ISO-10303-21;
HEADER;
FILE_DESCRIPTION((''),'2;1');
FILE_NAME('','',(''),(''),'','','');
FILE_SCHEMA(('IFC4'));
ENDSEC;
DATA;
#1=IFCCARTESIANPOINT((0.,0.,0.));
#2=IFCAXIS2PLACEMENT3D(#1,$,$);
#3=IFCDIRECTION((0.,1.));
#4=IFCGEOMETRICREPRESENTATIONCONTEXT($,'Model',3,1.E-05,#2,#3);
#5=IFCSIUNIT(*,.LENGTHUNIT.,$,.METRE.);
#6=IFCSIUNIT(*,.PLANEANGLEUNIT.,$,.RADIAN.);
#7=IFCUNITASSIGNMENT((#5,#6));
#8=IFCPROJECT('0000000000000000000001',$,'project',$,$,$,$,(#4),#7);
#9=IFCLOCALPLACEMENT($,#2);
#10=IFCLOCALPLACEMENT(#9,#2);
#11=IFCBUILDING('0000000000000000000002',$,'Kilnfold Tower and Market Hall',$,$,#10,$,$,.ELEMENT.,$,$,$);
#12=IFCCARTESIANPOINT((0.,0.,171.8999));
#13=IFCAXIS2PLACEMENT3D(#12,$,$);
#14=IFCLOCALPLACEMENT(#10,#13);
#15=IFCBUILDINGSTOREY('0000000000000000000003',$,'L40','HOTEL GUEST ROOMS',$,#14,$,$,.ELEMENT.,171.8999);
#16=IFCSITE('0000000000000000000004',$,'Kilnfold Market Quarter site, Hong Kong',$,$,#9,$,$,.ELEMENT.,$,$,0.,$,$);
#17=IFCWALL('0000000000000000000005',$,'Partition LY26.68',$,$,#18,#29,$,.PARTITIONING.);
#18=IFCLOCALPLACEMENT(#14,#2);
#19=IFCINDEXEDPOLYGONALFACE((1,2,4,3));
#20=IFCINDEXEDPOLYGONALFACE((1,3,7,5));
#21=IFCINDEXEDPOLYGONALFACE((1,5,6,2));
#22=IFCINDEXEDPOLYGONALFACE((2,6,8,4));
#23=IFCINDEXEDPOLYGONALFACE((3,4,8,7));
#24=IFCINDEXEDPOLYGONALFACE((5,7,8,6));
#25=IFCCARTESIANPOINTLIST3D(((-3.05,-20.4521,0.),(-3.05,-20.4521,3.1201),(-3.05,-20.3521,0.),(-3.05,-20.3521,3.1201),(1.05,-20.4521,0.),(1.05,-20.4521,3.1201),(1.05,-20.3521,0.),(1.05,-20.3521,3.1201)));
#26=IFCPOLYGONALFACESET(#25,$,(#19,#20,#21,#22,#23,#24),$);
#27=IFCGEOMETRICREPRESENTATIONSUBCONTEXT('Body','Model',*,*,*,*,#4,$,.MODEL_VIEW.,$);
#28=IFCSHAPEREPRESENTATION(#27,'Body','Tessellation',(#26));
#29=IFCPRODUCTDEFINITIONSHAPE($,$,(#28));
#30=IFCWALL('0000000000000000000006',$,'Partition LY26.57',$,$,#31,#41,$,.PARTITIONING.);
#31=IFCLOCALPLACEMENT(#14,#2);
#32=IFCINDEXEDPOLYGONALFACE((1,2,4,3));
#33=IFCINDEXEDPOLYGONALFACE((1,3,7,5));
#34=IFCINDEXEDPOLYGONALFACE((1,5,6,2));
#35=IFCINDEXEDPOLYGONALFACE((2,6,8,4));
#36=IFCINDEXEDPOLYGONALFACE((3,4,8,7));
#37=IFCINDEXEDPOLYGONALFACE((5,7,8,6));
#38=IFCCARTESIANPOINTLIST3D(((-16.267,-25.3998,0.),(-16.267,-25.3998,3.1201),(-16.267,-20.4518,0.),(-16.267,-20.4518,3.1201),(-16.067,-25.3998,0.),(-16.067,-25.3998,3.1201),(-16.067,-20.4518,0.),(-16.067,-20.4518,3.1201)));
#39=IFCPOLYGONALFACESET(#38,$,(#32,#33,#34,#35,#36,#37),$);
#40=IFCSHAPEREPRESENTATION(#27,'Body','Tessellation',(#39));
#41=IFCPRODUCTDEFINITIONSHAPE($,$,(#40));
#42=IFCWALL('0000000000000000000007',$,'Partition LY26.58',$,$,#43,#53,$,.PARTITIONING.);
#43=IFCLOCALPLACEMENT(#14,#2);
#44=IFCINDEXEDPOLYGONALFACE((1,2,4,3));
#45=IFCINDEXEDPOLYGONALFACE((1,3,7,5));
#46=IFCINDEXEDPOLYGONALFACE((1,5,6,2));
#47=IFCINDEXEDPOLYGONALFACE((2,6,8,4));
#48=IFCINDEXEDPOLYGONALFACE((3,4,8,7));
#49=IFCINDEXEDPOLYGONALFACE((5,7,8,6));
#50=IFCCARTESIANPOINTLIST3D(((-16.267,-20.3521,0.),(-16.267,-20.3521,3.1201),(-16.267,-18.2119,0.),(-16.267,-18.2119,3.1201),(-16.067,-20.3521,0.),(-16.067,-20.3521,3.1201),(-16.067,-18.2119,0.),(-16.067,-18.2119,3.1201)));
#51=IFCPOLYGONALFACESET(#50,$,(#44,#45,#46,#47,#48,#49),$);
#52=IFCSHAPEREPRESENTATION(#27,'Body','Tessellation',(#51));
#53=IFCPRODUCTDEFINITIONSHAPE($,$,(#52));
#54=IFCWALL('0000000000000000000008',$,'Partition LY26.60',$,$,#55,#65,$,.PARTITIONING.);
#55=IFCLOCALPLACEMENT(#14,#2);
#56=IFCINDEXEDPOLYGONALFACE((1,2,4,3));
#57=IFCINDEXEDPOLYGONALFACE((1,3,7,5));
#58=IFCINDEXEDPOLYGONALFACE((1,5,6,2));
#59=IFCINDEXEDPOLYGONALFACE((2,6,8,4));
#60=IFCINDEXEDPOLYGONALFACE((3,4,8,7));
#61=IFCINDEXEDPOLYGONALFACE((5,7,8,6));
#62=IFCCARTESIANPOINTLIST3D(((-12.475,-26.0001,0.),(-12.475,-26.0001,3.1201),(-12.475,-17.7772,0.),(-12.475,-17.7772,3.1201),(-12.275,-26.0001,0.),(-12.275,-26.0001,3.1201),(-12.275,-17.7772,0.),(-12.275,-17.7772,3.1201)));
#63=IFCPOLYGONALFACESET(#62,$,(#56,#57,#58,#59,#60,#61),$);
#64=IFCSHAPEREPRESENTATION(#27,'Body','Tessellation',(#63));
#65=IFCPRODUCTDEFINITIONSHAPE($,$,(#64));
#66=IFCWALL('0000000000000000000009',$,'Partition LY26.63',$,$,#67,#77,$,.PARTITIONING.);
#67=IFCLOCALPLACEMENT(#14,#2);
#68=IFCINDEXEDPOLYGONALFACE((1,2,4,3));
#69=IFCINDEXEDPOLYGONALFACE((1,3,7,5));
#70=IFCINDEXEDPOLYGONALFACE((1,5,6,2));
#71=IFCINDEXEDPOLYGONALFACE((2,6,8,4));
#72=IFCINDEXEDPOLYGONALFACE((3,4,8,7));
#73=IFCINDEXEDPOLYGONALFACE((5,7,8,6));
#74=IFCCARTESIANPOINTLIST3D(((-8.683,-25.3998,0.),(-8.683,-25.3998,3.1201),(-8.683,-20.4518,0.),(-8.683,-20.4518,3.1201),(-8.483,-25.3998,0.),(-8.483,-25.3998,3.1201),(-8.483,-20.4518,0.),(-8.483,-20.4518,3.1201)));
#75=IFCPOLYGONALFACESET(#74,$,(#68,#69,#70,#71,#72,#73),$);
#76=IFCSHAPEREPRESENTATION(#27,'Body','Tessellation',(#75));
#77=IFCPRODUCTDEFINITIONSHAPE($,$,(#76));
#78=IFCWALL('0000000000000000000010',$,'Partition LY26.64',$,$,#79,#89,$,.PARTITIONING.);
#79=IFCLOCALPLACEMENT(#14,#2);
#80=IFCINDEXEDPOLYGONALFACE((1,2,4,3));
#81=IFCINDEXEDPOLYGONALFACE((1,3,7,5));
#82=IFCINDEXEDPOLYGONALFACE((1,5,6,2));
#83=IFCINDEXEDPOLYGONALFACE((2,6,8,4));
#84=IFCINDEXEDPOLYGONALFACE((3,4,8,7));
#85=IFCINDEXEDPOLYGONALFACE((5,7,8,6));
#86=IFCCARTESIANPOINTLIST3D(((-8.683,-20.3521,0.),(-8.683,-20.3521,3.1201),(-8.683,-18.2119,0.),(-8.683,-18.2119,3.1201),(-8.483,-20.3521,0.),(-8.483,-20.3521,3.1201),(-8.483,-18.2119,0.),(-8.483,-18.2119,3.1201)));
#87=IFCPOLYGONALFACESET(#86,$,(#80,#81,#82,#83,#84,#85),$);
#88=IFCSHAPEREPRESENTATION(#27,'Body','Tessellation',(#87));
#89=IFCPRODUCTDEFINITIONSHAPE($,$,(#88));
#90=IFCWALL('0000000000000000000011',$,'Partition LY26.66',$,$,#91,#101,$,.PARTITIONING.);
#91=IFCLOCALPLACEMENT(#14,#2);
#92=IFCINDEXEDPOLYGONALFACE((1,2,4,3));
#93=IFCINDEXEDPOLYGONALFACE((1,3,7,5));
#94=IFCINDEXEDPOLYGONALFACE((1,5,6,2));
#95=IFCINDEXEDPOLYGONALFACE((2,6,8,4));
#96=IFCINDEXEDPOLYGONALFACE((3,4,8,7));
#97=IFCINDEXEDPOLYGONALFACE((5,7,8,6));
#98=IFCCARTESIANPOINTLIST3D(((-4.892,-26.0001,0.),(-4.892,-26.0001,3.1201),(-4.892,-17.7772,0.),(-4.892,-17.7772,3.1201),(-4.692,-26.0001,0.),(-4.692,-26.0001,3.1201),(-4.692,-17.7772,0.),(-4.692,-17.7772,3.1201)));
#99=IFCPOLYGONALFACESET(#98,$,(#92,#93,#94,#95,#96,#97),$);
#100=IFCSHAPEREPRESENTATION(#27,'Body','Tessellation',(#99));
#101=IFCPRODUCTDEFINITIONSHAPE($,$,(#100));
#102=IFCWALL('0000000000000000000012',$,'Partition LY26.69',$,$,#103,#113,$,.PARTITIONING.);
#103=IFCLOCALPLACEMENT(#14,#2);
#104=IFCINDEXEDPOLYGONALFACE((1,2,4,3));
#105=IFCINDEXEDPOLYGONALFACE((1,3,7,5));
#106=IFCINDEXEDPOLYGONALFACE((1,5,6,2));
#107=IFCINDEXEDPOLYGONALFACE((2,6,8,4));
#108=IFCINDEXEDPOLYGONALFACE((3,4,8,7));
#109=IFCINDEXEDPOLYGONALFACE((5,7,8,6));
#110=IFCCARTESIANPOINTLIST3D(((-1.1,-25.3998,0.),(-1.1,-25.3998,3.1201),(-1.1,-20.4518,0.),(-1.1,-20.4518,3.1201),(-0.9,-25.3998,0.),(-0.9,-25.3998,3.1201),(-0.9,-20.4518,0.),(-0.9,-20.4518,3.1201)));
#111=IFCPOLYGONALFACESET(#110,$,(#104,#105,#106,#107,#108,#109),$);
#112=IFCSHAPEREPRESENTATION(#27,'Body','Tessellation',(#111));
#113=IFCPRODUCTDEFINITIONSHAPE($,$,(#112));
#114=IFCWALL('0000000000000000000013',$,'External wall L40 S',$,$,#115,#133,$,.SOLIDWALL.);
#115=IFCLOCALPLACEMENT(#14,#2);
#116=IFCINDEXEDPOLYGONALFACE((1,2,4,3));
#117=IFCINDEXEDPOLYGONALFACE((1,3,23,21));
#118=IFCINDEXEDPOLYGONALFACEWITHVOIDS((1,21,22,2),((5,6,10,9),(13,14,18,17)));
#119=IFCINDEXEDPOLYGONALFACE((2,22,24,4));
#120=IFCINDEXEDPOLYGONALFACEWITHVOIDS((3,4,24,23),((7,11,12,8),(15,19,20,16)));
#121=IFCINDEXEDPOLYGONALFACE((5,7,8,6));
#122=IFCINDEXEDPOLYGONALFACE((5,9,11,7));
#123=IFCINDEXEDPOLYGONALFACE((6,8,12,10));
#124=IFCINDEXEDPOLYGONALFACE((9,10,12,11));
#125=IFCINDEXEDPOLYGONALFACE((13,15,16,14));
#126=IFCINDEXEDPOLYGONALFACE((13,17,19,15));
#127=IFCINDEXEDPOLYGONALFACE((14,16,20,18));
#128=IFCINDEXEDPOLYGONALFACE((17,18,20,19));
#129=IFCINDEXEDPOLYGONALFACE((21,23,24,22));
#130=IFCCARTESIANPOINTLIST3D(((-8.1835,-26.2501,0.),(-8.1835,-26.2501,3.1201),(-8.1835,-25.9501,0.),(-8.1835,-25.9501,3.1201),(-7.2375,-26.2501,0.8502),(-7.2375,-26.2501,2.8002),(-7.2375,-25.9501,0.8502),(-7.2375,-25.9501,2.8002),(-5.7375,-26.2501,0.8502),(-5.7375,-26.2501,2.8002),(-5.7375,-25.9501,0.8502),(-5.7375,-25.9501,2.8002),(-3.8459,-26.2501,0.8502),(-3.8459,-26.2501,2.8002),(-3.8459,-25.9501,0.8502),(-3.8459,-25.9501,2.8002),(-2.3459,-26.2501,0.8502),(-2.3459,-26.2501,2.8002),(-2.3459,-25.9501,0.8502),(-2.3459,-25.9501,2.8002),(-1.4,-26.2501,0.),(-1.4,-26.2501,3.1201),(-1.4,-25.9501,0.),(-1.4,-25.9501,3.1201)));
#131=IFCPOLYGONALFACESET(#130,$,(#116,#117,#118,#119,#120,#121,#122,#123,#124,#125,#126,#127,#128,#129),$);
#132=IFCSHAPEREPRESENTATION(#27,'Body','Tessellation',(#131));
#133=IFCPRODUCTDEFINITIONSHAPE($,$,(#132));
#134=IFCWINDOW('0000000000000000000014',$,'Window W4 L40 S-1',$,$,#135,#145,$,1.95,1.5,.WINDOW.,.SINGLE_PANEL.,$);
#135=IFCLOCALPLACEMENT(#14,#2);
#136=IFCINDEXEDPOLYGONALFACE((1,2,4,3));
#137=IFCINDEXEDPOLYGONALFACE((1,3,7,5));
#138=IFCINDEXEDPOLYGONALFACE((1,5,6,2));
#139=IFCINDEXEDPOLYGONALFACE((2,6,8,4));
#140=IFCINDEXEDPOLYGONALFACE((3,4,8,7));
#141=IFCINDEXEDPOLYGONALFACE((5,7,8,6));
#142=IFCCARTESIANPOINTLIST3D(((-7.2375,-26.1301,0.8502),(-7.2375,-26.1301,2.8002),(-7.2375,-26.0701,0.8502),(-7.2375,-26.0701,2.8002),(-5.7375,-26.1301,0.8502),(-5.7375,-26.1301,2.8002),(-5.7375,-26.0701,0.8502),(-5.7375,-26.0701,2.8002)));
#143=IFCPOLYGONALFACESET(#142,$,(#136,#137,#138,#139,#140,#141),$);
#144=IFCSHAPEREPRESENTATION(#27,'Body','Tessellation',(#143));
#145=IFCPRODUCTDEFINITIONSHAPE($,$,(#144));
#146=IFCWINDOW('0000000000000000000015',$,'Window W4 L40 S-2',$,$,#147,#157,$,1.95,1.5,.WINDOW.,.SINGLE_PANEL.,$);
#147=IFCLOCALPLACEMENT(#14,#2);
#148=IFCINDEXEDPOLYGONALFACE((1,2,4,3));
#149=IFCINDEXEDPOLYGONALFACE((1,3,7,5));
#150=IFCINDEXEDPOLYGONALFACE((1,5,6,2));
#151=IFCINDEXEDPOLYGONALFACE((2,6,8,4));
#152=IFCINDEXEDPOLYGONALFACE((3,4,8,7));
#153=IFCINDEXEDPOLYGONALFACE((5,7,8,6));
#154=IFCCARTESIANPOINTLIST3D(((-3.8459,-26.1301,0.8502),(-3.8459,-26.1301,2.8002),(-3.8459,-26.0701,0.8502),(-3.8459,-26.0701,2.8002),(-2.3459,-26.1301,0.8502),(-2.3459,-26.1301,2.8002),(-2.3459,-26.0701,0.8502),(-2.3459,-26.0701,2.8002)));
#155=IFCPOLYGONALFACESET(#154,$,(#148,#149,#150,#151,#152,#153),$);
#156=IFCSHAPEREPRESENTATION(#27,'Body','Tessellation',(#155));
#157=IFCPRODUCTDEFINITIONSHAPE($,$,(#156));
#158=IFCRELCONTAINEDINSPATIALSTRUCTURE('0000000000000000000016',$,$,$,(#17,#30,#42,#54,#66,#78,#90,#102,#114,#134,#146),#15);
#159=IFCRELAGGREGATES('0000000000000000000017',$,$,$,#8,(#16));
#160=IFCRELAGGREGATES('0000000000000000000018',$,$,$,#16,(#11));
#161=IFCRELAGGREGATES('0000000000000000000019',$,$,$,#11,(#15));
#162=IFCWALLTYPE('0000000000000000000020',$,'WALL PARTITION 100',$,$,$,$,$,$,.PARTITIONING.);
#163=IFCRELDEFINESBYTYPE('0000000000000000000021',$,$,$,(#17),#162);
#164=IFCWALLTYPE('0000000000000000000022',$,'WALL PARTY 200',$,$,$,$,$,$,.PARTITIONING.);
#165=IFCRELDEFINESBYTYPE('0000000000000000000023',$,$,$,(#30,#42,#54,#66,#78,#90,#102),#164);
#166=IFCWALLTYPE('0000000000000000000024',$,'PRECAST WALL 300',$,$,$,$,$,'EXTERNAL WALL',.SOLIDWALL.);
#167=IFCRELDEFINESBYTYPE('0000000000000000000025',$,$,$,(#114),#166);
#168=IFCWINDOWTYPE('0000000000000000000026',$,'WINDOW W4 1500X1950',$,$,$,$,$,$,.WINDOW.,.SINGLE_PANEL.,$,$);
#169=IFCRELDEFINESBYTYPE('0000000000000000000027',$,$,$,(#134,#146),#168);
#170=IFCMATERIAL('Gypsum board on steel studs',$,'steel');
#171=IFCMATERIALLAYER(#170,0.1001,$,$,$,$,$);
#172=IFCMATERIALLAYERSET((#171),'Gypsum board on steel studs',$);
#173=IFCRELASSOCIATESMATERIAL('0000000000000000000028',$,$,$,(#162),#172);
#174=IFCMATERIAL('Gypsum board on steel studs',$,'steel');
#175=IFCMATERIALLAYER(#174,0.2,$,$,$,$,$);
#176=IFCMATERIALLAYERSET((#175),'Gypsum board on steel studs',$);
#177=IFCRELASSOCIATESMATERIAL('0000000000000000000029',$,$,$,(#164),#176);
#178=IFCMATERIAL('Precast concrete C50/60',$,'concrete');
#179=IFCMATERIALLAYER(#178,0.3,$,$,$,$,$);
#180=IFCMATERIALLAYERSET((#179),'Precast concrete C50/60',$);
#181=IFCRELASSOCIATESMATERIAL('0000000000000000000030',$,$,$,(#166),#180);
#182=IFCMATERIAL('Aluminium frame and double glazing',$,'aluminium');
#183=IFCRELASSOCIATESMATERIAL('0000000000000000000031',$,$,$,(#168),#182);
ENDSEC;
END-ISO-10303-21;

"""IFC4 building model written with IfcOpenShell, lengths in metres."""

from ifc_helpers import new_model, si_unit, direction, frame, frame_2d, origin, place, context, subcontext, project, spatial, rectangle, extrude, source, transform, mapped, material, layer, layer_set, type_object, element, fill, save


model = new_model("IFC4")

# Units and contexts
model_context = context("Model", 3, precision=1e-05, world=origin(), true_north=direction((0.0, 1.0)))
body_context = subcontext(model_context, "Body", "Model", "MODEL_VIEW")
ifc_project = project(units=[si_unit("LENGTHUNIT", "METRE"), si_unit("PLANEANGLEUNIT", "RADIAN")], contexts=[model_context])

# Site, building, storey
site_placement = place(None, origin())
site = spatial("IfcSite", under=ifc_project, at=site_placement, Name="Kilnfold Market Quarter site, Hong Kong", CompositionType="ELEMENT", RefElevation=0.0)
building_placement = place(site_placement, origin())
building = spatial("IfcBuilding", under=site, at=building_placement, Name="Kilnfold Tower and Market Hall", CompositionType="ELEMENT")
storey_placement = place(building_placement, frame((0.0, 0.0, 171.8999)))
storey = spatial("IfcBuildingStorey", under=building, at=storey_placement, Name="L40", Description="HOTEL GUEST ROOMS", CompositionType="ELEMENT", Elevation=171.8999)

# Shared definitions
ifc_material_1 = material(Name="Gypsum board on steel studs", Category="steel")
ifc_layer_1 = layer(ifc_material_1, 0.1001)
ifc_layer_set_1 = layer_set([ifc_layer_1], Name="Gypsum board on steel studs")
wall_type_1 = type_object("IfcWallType", Name="WALL PARTITION 100", PredefinedType="PARTITIONING", material=ifc_layer_set_1)

# Walls
wall_1_placement = place(storey_placement, frame((-3.05, -20.4021, 0.0), z_axis=(0.0, 0.0, 1.0), x_axis=(1.0, 0.0, 0.0)))
element("IfcWall", 1, at=wall_1_placement, inside=storey, type_object=wall_type_1, Name="Partition LY26.68", PredefinedType="PARTITIONING", context=body_context, shape_type="SweptSolid", body=[
    extrude(rectangle(XDim=4.1001, YDim=0.1001, at=frame_2d((2.05, 0.0))), origin(), (0.0, 0.0, 1.0), 3.1201),
])
ifc_material_2 = material(Name="Gypsum board on steel studs", Category="steel")
ifc_layer_2 = layer(ifc_material_2, 0.2)
ifc_layer_set_2 = layer_set([ifc_layer_2], Name="Gypsum board on steel studs")
wall_type_2 = type_object("IfcWallType", Name="WALL PARTY 200", PredefinedType="PARTITIONING", material=ifc_layer_set_2)
wall_2_placement = place(storey_placement, frame((-16.167, -25.3999, 0.0), z_axis=(0.0, 0.0, 1.0), x_axis=(0.0, 1.0, 0.0)))
element("IfcWall", 2, at=wall_2_placement, inside=storey, type_object=wall_type_2, Name="Partition LY26.57", PredefinedType="PARTITIONING", context=body_context, shape_type="SweptSolid", body=[
    extrude(rectangle(XDim=4.948, YDim=0.2, at=frame_2d((2.4741, 0.0))), origin(), (0.0, 0.0, 1.0), 3.1201),
])
wall_3_placement = place(storey_placement, frame((-16.167, -20.3521, 0.0), z_axis=(0.0, 0.0, 1.0), x_axis=(0.0, 1.0, 0.0)))
element("IfcWall", 3, at=wall_3_placement, inside=storey, type_object=wall_type_2, Name="Partition LY26.58", PredefinedType="PARTITIONING", context=body_context, shape_type="SweptSolid", body=[
    extrude(rectangle(XDim=2.1401, YDim=0.2, at=frame_2d((1.0701, 0.0))), origin(), (0.0, 0.0, 1.0), 3.1201),
])
wall_4_placement = place(storey_placement, frame((-12.375, -26.0, 0.0), z_axis=(0.0, 0.0, 1.0), x_axis=(0.0, 1.0, 0.0)))
element("IfcWall", 4, at=wall_4_placement, inside=storey, type_object=wall_type_2, Name="Partition LY26.60", PredefinedType="PARTITIONING", context=body_context, shape_type="SweptSolid", body=[
    extrude(rectangle(XDim=8.2229, YDim=0.2, at=frame_2d((4.1113, 0.0))), origin(), (0.0, 0.0, 1.0), 3.1201),
])
wall_5_placement = place(storey_placement, frame((-8.583, -25.3999, 0.0), z_axis=(0.0, 0.0, 1.0), x_axis=(0.0, 1.0, 0.0)))
element("IfcWall", 5, at=wall_5_placement, inside=storey, type_object=wall_type_2, Name="Partition LY26.63", PredefinedType="PARTITIONING", context=body_context, shape_type="SweptSolid", body=[
    extrude(rectangle(XDim=4.948, YDim=0.2, at=frame_2d((2.4741, 0.0))), origin(), (0.0, 0.0, 1.0), 3.1201),
])
wall_6_placement = place(storey_placement, frame((-8.583, -20.3521, 0.0), z_axis=(0.0, 0.0, 1.0), x_axis=(0.0, 1.0, 0.0)))
element("IfcWall", 6, at=wall_6_placement, inside=storey, type_object=wall_type_2, Name="Partition LY26.64", PredefinedType="PARTITIONING", context=body_context, shape_type="SweptSolid", body=[
    extrude(rectangle(XDim=2.1401, YDim=0.2, at=frame_2d((1.0701, 0.0))), origin(), (0.0, 0.0, 1.0), 3.1201),
])
wall_7_placement = place(storey_placement, frame((-4.792, -26.0, 0.0), z_axis=(0.0, 0.0, 1.0), x_axis=(0.0, 1.0, 0.0)))
element("IfcWall", 7, at=wall_7_placement, inside=storey, type_object=wall_type_2, Name="Partition LY26.66", PredefinedType="PARTITIONING", context=body_context, shape_type="SweptSolid", body=[
    extrude(rectangle(XDim=8.2229, YDim=0.2, at=frame_2d((4.1113, 0.0))), origin(), (0.0, 0.0, 1.0), 3.1201),
])
wall_8_placement = place(storey_placement, frame((-1.0, -25.3999, 0.0), z_axis=(0.0, 0.0, 1.0), x_axis=(0.0, 1.0, 0.0)))
element("IfcWall", 8, at=wall_8_placement, inside=storey, type_object=wall_type_2, Name="Partition LY26.69", PredefinedType="PARTITIONING", context=body_context, shape_type="SweptSolid", body=[
    extrude(rectangle(XDim=4.948, YDim=0.2, at=frame_2d((2.4741, 0.0))), origin(), (0.0, 0.0, 1.0), 3.1201),
])

# Wall, openings, windows
ifc_material_3 = material(Name="Precast concrete C50/60", Category="concrete")
ifc_layer_3 = layer(ifc_material_3, 0.3)
ifc_layer_set_3 = layer_set([ifc_layer_3], Name="Precast concrete C50/60")
wall_type_3 = type_object("IfcWallType", Name="PRECAST WALL 300", ElementType="EXTERNAL WALL", PredefinedType="SOLIDWALL", material=ifc_layer_set_3)
shared_shape_1 = source(origin(), body_context, "Body", "SweptSolid", [
    extrude(rectangle(XDim=6.7834, YDim=0.3, at=frame_2d((3.3916, 0.0))), origin(), (0.0, 0.0, 1.0), 3.1201),
])
wall_9_placement = place(storey_placement, frame((-8.1833, -26.1001, 0.0), z_axis=(0.0, 0.0, 1.0), x_axis=(1.0, 0.0, 0.0)))
wall_9 = element("IfcWall", 9, at=wall_9_placement, inside=storey, type_object=wall_type_3, Name="External wall L40 S", PredefinedType="SOLIDWALL", context=body_context, shape_type="MappedRepresentation", body=[
    mapped(shared_shape_1, transform((0.0, 0.0, 0.0))),
])
opening_1_placement = place(wall_9_placement, frame((0.9458, 0.0, 0.8501)))
opening_1 = element("IfcOpeningElement", 10, at=opening_1_placement, cuts=wall_9, PredefinedType="OPENING", context=body_context, shape_type="SweptSolid", body=[
    extrude(rectangle(XDim=1.5, YDim=1.95, at=frame_2d((0.75, 0.9751))), frame((0.0, 0.1602, 0.0), z_axis=(0.0, -1.0, 0.0), x_axis=(1.0, 0.0, 0.0)), (0.0, 0.0, 1.0), 0.3201),
])
opening_2_placement = place(wall_9_placement, frame((4.3374, 0.0, 0.8501)))
opening_2 = element("IfcOpeningElement", 11, at=opening_2_placement, cuts=wall_9, PredefinedType="OPENING", context=body_context, shape_type="SweptSolid", body=[
    extrude(rectangle(XDim=1.5, YDim=1.95, at=frame_2d((0.75, 0.9751))), frame((0.0, 0.1602, 0.0), z_axis=(0.0, -1.0, 0.0), x_axis=(1.0, 0.0, 0.0)), (0.0, 0.0, 1.0), 0.3201),
])
ifc_material_4 = material(Name="Aluminium frame and double glazing", Category="aluminium")
window_type = type_object("IfcWindowType", Name="WINDOW W4 1500X1950", PartitioningType="SINGLE_PANEL", PredefinedType="WINDOW", material=ifc_material_4)
window_1_placement = place(opening_1_placement, origin())
window_1 = element("IfcWindow", 12, at=window_1_placement, inside=storey, type_object=window_type, Name="Window W4 L40 S-1", OverallHeight=1.95, OverallWidth=1.5, PartitioningType="SINGLE_PANEL", PredefinedType="WINDOW", context=body_context, shape_type="SweptSolid", body=[
    extrude(rectangle(XDim=1.5, YDim=1.95, at=frame_2d((0.75, 0.9751))), frame((0.0, 0.03, 0.0), z_axis=(0.0, -1.0, 0.0), x_axis=(1.0, 0.0, 0.0)), (0.0, 0.0, 1.0), 0.0601),
])
fill(opening_1, window_1)
window_2_placement = place(opening_2_placement, origin())
window_2 = element("IfcWindow", 13, at=window_2_placement, inside=storey, type_object=window_type, Name="Window W4 L40 S-2", OverallHeight=1.95, OverallWidth=1.5, PartitioningType="SINGLE_PANEL", PredefinedType="WINDOW", context=body_context, shape_type="SweptSolid", body=[
    extrude(rectangle(XDim=1.5, YDim=1.95, at=frame_2d((0.75, 0.9751))), frame((0.0, 0.03, 0.0), z_axis=(0.0, -1.0, 0.0), x_axis=(1.0, 0.0, 0.0)), (0.0, 0.0, 1.0), 0.0601),
])
fill(opening_2, window_2)

save(model, "model.ifc")
